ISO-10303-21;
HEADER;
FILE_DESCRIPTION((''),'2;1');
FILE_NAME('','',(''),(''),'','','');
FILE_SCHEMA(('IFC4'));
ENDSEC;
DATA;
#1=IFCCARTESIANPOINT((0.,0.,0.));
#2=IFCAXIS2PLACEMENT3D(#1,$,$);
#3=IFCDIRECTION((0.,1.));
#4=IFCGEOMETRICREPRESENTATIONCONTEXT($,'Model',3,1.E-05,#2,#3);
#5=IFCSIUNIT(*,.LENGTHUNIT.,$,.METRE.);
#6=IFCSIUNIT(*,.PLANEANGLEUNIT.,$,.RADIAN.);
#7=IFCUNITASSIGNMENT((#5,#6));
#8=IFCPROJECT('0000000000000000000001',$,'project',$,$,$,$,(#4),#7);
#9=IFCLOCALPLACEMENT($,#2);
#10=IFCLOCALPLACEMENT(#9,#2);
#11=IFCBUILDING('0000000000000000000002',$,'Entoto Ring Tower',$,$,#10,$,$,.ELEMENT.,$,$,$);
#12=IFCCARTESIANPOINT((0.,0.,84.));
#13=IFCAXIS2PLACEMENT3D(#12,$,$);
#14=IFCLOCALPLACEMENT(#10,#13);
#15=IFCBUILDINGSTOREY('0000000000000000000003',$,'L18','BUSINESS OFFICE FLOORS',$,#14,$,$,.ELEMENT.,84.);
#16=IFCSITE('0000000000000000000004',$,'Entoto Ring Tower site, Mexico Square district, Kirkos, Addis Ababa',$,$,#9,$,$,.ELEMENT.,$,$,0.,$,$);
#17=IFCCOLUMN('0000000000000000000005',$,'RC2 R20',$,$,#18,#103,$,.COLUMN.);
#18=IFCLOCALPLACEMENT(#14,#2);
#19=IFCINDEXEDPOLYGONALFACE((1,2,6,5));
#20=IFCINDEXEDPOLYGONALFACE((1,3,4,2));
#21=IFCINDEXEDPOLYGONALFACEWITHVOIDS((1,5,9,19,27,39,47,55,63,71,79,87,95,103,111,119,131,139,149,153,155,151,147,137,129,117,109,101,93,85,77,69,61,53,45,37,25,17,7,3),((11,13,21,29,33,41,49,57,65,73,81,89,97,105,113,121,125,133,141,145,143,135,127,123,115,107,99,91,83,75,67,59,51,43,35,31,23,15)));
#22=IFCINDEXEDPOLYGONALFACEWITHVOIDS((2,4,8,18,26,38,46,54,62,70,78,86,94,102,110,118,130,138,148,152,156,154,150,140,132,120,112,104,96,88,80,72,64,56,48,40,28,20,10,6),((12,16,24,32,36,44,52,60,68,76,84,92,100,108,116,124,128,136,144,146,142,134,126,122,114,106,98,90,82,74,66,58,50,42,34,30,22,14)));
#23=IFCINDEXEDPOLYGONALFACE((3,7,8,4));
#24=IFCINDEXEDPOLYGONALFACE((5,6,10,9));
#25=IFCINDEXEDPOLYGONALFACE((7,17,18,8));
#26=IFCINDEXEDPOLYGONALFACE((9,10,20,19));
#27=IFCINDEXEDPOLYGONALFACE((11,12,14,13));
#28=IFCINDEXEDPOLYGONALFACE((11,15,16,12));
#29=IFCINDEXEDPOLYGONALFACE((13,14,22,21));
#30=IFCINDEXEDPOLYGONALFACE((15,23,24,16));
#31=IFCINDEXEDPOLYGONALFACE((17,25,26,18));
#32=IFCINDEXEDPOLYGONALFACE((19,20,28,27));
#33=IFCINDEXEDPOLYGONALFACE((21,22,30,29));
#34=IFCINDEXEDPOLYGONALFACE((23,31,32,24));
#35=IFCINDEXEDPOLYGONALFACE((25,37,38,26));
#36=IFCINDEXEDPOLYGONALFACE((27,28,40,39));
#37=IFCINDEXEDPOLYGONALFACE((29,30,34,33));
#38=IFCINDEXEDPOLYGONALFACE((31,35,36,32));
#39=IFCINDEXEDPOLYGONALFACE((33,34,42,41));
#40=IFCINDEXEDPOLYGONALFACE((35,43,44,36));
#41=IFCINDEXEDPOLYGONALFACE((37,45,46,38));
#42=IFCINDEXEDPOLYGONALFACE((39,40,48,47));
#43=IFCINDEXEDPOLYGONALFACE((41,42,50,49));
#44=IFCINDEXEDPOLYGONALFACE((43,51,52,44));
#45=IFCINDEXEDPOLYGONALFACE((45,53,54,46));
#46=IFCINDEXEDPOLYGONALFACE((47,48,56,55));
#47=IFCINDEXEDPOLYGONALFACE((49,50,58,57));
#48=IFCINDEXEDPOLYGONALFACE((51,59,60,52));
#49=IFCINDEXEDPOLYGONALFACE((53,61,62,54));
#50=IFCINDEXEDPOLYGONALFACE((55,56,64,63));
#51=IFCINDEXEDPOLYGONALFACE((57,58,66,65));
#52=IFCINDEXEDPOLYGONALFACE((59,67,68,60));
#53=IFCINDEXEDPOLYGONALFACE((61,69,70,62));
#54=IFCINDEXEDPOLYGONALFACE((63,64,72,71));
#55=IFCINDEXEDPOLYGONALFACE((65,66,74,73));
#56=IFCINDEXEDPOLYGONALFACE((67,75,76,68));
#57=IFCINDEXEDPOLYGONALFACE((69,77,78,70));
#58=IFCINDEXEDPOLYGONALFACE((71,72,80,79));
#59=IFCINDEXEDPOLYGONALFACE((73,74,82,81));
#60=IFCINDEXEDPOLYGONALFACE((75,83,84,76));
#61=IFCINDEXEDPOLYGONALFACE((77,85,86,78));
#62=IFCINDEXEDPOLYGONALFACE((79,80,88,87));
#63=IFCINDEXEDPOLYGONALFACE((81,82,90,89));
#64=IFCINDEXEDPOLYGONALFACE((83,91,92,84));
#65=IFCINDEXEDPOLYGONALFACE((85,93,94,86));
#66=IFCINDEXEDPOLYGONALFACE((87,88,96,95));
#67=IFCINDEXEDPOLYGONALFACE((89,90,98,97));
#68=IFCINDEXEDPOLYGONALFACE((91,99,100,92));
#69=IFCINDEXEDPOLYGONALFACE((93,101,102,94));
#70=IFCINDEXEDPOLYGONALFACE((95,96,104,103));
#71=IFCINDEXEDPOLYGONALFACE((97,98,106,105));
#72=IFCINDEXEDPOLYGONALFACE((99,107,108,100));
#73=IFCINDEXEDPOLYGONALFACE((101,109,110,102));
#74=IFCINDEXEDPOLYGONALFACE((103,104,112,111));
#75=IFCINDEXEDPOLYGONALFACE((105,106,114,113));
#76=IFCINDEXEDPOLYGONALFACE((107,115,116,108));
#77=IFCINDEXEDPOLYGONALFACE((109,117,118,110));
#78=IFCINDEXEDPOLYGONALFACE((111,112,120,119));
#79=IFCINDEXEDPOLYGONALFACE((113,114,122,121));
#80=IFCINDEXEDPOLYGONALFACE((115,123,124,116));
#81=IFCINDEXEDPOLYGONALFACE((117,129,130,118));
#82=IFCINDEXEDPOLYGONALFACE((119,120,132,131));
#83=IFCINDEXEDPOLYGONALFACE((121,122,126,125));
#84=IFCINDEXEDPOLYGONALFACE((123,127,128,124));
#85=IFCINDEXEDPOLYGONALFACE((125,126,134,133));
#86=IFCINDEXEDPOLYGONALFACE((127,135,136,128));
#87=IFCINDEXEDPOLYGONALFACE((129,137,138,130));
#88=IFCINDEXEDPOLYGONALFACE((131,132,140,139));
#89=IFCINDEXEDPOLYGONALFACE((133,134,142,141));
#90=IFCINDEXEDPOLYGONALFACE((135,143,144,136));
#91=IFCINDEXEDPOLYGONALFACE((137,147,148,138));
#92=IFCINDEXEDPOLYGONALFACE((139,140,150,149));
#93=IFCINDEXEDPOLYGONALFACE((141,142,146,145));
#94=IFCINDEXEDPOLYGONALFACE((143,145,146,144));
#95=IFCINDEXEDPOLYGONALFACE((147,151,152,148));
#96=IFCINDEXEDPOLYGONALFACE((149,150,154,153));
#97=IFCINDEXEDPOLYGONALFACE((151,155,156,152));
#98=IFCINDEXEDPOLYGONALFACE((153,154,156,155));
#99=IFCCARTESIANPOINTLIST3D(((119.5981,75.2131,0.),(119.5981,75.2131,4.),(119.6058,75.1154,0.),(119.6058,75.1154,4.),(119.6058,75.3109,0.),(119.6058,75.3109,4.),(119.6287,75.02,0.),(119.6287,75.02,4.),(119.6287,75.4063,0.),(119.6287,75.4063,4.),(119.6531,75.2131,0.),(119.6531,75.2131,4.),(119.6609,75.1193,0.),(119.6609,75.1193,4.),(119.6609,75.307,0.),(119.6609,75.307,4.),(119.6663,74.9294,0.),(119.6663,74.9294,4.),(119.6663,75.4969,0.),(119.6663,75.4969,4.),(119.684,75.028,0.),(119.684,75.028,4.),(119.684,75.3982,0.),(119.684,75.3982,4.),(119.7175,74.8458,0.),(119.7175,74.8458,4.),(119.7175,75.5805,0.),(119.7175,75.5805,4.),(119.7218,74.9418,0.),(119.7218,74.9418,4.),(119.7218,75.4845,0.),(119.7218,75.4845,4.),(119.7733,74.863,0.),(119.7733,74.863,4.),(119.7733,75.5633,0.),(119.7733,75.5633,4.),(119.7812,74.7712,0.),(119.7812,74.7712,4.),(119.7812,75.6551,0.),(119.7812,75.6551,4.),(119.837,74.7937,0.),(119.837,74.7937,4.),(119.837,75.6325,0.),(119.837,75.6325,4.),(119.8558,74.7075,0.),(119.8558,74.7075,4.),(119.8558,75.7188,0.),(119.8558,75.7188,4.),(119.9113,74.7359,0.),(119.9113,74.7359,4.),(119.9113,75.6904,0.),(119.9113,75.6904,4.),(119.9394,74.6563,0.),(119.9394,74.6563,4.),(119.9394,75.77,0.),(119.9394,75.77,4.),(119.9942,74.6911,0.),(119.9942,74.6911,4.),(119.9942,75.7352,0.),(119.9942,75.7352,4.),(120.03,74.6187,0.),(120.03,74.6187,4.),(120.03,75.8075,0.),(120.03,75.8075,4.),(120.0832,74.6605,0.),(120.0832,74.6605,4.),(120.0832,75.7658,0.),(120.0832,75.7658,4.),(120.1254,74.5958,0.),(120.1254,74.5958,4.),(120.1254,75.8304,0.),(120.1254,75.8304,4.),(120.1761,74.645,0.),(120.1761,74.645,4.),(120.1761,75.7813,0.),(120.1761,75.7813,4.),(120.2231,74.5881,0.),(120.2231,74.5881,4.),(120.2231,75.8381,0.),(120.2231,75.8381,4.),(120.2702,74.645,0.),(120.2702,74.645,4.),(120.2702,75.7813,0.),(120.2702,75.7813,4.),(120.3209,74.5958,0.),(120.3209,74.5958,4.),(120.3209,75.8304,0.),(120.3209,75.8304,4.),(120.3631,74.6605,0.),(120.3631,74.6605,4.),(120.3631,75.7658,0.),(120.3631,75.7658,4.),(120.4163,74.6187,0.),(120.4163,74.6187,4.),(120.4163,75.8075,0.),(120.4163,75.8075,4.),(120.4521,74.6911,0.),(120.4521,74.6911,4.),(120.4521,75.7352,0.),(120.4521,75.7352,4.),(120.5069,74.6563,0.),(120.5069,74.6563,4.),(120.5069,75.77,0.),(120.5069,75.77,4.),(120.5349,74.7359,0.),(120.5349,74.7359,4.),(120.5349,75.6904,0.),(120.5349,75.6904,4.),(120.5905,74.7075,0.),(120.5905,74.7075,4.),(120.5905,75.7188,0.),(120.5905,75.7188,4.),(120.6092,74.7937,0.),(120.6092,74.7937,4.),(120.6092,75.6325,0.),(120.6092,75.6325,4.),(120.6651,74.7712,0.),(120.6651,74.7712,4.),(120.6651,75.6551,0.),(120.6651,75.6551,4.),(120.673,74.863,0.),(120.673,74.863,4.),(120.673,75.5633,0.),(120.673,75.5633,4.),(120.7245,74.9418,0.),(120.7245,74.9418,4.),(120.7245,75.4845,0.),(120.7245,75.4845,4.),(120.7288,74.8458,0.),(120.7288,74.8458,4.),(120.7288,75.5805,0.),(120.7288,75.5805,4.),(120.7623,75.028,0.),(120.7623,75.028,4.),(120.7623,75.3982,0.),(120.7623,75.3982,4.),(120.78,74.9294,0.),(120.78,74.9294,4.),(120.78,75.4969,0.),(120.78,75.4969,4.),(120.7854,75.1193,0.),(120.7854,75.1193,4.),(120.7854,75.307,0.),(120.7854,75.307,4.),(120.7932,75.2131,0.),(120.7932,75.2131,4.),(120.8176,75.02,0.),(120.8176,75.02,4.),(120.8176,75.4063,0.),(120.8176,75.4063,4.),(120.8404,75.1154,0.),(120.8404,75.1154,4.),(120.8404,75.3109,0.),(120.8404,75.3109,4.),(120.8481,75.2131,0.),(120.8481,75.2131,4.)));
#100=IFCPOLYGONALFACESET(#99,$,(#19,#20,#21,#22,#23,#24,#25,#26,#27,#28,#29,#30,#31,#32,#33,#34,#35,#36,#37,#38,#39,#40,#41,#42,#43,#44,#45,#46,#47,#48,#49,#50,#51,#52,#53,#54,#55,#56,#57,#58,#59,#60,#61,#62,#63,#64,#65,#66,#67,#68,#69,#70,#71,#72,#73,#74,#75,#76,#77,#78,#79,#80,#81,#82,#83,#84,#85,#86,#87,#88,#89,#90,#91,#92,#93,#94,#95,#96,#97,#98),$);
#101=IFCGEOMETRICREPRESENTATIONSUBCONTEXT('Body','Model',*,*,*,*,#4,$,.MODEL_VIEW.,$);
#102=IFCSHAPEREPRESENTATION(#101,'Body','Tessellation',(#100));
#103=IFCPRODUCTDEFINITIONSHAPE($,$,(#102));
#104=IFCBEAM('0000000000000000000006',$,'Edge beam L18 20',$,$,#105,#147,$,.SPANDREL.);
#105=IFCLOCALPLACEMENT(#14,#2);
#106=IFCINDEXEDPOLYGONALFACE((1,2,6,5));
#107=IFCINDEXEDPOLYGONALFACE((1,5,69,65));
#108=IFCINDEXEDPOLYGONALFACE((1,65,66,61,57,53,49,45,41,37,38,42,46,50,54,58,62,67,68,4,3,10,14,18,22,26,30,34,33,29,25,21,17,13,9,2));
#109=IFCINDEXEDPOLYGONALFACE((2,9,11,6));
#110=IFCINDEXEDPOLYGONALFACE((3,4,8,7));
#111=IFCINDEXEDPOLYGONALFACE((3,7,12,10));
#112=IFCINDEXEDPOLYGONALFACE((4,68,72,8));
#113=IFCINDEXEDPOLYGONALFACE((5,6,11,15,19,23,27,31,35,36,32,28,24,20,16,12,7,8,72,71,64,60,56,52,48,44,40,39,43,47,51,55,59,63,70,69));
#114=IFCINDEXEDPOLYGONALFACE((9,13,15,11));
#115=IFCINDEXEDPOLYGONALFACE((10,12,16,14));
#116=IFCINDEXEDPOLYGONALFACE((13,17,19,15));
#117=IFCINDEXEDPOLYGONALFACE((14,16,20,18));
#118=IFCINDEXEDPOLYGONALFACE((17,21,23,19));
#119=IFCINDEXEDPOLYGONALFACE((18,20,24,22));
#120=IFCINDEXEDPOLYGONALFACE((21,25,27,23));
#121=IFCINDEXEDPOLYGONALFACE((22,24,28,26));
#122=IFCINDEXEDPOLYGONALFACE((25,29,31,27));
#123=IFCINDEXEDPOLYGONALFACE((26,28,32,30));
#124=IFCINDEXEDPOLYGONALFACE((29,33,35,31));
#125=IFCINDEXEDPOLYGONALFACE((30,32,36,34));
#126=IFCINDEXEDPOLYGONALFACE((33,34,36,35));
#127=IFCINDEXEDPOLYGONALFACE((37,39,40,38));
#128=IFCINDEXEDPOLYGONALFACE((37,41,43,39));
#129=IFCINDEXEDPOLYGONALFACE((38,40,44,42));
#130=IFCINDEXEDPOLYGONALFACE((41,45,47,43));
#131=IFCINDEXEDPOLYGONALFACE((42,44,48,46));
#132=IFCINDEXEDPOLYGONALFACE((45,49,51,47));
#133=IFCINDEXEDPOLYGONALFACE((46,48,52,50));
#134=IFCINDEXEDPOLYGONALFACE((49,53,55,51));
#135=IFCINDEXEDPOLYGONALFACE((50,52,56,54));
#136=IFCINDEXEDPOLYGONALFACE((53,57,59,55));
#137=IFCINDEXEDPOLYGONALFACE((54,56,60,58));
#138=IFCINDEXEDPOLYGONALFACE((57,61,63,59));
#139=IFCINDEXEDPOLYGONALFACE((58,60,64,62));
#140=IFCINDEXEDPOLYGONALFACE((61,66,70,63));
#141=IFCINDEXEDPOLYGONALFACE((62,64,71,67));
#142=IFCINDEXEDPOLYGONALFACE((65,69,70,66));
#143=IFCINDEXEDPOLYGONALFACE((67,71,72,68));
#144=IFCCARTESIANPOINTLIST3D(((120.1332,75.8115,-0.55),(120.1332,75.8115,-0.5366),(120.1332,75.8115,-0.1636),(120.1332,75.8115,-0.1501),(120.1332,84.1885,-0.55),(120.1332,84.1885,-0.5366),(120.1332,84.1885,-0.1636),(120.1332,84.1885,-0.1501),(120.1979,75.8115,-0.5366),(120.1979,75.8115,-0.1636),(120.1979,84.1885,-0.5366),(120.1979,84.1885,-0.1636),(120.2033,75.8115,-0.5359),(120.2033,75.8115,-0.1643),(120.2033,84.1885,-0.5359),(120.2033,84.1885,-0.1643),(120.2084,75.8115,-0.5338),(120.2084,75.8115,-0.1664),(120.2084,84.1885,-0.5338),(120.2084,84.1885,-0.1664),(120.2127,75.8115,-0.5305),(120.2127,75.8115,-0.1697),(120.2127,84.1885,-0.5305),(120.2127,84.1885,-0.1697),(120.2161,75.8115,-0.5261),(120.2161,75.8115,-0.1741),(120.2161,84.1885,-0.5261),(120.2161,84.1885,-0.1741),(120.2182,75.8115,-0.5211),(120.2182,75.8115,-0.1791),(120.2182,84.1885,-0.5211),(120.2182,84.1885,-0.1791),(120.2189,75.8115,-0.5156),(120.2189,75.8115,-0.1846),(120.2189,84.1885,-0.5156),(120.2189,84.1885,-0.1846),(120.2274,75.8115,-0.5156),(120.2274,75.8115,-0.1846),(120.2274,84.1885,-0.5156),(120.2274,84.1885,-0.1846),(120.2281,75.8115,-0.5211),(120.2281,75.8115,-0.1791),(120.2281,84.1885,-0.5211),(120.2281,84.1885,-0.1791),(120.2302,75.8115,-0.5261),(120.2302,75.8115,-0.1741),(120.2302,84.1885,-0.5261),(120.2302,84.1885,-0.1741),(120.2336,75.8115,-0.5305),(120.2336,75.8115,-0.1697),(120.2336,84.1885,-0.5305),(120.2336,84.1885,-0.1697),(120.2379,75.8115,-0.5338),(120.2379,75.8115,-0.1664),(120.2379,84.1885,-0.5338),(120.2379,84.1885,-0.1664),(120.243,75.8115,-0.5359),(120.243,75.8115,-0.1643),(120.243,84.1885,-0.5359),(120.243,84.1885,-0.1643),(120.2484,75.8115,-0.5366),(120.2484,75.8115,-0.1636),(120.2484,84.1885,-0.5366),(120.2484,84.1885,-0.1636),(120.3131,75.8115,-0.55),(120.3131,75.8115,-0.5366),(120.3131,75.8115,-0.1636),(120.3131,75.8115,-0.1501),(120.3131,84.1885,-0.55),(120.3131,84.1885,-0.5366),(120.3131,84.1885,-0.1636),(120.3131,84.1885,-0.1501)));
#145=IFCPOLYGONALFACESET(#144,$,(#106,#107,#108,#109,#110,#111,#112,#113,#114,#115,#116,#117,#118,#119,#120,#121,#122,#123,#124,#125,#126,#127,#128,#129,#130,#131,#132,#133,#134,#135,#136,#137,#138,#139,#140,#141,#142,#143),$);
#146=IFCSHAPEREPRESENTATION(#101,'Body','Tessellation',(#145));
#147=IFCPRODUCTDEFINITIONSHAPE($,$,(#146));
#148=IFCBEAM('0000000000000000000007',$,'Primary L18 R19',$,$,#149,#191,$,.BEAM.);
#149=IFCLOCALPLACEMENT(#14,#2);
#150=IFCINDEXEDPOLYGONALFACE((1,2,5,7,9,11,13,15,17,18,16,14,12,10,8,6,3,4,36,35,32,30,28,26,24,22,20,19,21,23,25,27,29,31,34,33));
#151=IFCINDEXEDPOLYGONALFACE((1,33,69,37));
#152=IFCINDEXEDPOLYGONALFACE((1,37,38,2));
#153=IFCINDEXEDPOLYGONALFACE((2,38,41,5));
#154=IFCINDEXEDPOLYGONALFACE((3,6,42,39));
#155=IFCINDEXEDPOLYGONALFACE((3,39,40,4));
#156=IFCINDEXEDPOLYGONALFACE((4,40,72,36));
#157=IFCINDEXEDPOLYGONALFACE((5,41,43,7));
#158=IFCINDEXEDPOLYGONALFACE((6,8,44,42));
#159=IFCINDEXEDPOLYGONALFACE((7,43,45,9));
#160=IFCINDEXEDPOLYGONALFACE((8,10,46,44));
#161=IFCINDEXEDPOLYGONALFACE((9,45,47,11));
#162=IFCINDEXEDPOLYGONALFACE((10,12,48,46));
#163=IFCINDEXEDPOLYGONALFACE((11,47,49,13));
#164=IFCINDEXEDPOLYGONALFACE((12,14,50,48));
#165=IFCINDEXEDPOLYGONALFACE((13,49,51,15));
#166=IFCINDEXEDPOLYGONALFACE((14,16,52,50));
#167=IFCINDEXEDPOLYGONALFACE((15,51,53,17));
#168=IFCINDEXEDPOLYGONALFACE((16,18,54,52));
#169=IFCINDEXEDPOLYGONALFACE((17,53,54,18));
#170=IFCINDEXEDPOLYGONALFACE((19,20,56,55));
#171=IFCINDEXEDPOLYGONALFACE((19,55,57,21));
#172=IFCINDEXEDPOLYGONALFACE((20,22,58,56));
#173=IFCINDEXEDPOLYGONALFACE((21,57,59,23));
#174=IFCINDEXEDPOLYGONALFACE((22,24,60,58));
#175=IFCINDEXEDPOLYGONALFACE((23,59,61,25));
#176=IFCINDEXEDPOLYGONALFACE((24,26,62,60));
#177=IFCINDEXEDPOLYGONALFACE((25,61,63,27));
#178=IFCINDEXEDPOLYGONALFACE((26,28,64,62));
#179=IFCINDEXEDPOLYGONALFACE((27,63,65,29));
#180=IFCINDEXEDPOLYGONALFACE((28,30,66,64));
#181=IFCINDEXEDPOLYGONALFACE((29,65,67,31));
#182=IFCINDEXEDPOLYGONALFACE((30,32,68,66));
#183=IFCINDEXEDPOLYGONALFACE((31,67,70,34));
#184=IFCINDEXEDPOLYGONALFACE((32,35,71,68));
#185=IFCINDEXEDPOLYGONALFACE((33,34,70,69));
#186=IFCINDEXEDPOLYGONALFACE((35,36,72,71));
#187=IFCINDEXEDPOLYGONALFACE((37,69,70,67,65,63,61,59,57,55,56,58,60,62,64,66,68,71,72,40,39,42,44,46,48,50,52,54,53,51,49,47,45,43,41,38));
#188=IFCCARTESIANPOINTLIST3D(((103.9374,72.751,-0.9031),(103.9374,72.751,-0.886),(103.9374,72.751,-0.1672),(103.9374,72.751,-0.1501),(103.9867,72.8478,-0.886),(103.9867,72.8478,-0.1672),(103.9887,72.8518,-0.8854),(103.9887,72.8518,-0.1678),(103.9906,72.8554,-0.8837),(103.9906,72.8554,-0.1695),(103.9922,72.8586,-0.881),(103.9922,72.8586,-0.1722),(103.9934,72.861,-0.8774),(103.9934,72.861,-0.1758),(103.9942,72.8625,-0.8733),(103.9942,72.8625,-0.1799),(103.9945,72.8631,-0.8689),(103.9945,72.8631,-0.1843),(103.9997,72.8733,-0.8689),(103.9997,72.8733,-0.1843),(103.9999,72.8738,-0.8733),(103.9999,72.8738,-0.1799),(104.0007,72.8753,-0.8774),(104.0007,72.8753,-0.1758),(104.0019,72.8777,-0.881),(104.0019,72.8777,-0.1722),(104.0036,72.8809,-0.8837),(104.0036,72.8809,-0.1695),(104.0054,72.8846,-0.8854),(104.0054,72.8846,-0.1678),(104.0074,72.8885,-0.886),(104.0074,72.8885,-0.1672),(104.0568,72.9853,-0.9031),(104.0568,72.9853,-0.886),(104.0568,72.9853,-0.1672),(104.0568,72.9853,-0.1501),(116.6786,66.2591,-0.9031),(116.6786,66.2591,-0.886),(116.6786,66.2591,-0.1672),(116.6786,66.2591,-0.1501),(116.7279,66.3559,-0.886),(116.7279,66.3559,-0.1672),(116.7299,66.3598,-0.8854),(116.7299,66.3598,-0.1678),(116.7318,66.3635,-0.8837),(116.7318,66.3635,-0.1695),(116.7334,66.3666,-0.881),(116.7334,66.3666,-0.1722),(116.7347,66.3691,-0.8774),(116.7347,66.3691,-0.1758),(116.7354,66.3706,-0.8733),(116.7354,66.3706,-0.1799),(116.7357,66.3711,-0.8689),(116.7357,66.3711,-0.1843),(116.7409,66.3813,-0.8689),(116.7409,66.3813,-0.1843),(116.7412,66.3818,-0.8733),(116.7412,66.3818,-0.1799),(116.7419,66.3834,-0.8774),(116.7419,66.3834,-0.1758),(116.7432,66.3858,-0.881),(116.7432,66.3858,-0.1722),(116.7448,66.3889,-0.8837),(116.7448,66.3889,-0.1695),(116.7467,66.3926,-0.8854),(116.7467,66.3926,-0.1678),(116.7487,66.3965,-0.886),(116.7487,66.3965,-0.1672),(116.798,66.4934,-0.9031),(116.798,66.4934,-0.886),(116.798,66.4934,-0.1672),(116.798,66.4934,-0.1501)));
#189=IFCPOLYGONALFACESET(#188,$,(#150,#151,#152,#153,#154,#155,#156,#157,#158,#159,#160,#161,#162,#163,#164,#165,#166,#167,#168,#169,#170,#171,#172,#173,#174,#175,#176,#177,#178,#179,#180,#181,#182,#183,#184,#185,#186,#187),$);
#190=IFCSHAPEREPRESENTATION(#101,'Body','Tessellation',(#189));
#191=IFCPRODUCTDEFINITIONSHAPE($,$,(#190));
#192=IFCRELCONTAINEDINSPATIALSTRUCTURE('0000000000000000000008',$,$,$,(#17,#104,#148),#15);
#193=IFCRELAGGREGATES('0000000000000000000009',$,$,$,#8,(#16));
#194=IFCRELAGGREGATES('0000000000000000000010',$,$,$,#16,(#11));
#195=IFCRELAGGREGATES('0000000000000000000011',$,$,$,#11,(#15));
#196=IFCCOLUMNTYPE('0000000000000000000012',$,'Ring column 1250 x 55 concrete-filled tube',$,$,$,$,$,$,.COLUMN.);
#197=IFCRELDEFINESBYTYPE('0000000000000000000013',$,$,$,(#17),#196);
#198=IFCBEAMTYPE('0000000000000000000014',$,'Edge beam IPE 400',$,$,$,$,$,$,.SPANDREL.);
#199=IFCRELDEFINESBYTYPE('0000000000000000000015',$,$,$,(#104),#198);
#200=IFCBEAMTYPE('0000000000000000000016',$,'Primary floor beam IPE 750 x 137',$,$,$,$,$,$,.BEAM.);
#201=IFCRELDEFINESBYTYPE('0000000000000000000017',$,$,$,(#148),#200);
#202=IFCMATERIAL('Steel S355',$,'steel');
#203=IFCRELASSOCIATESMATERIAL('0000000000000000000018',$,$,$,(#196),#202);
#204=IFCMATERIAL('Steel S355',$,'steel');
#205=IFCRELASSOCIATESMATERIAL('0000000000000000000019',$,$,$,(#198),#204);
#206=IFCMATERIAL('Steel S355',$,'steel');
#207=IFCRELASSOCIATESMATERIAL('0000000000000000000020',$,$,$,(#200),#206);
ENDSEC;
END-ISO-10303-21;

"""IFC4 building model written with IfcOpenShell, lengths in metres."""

from ifc_helpers import new_model, si_unit, direction, frame, origin, origin_2d, place, context, subcontext, project, spatial, circle, hollow_circle, i_section, extrude, material, material_profile, profile_set, type_object, element, save


model = new_model("IFC4")

# Units and contexts
model_context = context("Model", 3, precision=1e-05, world=origin(), true_north=direction((0.0, 1.0)))
body_context = subcontext(model_context, "Body", "Model", "MODEL_VIEW")
ifc_project = project(units=[si_unit("LENGTHUNIT", "METRE"), si_unit("PLANEANGLEUNIT", "RADIAN")], contexts=[model_context])

# Site, building, storey
site_placement = place(None, origin())
site = spatial("IfcSite", under=ifc_project, at=site_placement, Name="Entoto Ring Tower site, Mexico Square district, Kirkos, Addis Ababa", CompositionType="ELEMENT", RefElevation=0.0)
building_placement = place(site_placement, origin())
building = spatial("IfcBuilding", under=site, at=building_placement, Name="Entoto Ring Tower", CompositionType="ELEMENT")
storey_placement = place(building_placement, frame((0.0, 0.0, 84.0)))
storey = spatial("IfcBuildingStorey", under=building, at=storey_placement, Name="L18", Description="BUSINESS OFFICE FLOORS", CompositionType="ELEMENT", Elevation=84.0)

# Column
ifc_material_1 = material(Name="Steel S355", Category="steel")
ifc_material_profile_1 = material_profile(ifc_material_1, hollow_circle(Radius=0.625, WallThickness=0.0549, at=origin_2d()), Name="CHS 1250 x 55")
ifc_material_2 = material(Name="Concrete C60/75", Category="concrete")
ifc_material_profile_2 = material_profile(ifc_material_2, circle(Radius=0.5701, at=origin_2d()), Name="Concrete C60/75 infill")
ifc_profile_set_1 = profile_set([ifc_material_profile_1, ifc_material_profile_2], Name="Steel S355")
column_type = type_object("IfcColumnType", Name="Ring column 1250 x 55 concrete-filled tube", PredefinedType="COLUMN", material=ifc_profile_set_1)
column_placement = place(storey_placement, frame((120.2231, 75.2131, 0.0), z_axis=(0.0, 0.0, 1.0), x_axis=(1.0, 0.0, 0.0)))
element("IfcColumn", 1, at=column_placement, inside=storey, type_object=column_type, Name="RC2 R20", PredefinedType="COLUMN", context=body_context, shape_type="SweptSolid", body=[
    extrude(hollow_circle(Radius=0.625, WallThickness=0.0549, at=origin_2d()), origin(), (0.0, 0.0, 1.0), 4.0),
])

# Beams
ifc_material_3 = material(Name="Steel S355", Category="steel")
ifc_material_profile_3 = material_profile(ifc_material_3, i_section(OverallWidth=0.1799, OverallDepth=0.3999, WebThickness=0.0085, FlangeThickness=0.0134, FilletRadius=0.021, at=origin_2d()), Name="IPE 400")
ifc_profile_set_2 = profile_set([ifc_material_profile_3], Name="Steel S355")
beam_type_1 = type_object("IfcBeamType", Name="Edge beam IPE 400", PredefinedType="SPANDREL", material=ifc_profile_set_2)
beam_1_placement = place(storey_placement, frame((120.2231, 75.8115, -0.3501), z_axis=(0.0, 1.0, 0.0), x_axis=(-1.0, 0.0, 0.0)))
element("IfcBeam", 2, at=beam_1_placement, inside=storey, type_object=beam_type_1, Name="Edge beam L18 20", PredefinedType="SPANDREL", context=body_context, shape_type="SweptSolid", body=[
    extrude(i_section(OverallWidth=0.1799, OverallDepth=0.3999, WebThickness=0.0085, FlangeThickness=0.0134, FilletRadius=0.021, at=origin_2d()), origin(), (0.0, 0.0, 1.0), 8.377),
])
ifc_material_4 = material(Name="Steel S355", Category="steel")
ifc_material_profile_4 = material_profile(ifc_material_4, i_section(OverallWidth=0.2629, OverallDepth=0.7529, WebThickness=0.0115, FlangeThickness=0.0171, FilletRadius=0.0171, at=origin_2d()), Name="IPE 750 x 137")
ifc_profile_set_3 = profile_set([ifc_material_profile_4], Name="Steel S355")
beam_type_2 = type_object("IfcBeamType", Name="Primary floor beam IPE 750 x 137", PredefinedType="BEAM", material=ifc_profile_set_3)
beam_2_placement = place(storey_placement, frame((103.9971, 72.8682, -0.5266), z_axis=(0.891007, -0.453989, 0.0), x_axis=(0.453989, 0.891007, 0.0)))
element("IfcBeam", 3, at=beam_2_placement, inside=storey, type_object=beam_type_2, Name="Primary L18 R19", PredefinedType="BEAM", context=body_context, shape_type="SweptSolid", body=[
    extrude(i_section(OverallWidth=0.2629, OverallDepth=0.7529, WebThickness=0.0115, FlangeThickness=0.0171, FilletRadius=0.0171, at=origin_2d()), origin(), (0.0, 0.0, 1.0), 14.2998),
])

save(model, "model.ifc")
